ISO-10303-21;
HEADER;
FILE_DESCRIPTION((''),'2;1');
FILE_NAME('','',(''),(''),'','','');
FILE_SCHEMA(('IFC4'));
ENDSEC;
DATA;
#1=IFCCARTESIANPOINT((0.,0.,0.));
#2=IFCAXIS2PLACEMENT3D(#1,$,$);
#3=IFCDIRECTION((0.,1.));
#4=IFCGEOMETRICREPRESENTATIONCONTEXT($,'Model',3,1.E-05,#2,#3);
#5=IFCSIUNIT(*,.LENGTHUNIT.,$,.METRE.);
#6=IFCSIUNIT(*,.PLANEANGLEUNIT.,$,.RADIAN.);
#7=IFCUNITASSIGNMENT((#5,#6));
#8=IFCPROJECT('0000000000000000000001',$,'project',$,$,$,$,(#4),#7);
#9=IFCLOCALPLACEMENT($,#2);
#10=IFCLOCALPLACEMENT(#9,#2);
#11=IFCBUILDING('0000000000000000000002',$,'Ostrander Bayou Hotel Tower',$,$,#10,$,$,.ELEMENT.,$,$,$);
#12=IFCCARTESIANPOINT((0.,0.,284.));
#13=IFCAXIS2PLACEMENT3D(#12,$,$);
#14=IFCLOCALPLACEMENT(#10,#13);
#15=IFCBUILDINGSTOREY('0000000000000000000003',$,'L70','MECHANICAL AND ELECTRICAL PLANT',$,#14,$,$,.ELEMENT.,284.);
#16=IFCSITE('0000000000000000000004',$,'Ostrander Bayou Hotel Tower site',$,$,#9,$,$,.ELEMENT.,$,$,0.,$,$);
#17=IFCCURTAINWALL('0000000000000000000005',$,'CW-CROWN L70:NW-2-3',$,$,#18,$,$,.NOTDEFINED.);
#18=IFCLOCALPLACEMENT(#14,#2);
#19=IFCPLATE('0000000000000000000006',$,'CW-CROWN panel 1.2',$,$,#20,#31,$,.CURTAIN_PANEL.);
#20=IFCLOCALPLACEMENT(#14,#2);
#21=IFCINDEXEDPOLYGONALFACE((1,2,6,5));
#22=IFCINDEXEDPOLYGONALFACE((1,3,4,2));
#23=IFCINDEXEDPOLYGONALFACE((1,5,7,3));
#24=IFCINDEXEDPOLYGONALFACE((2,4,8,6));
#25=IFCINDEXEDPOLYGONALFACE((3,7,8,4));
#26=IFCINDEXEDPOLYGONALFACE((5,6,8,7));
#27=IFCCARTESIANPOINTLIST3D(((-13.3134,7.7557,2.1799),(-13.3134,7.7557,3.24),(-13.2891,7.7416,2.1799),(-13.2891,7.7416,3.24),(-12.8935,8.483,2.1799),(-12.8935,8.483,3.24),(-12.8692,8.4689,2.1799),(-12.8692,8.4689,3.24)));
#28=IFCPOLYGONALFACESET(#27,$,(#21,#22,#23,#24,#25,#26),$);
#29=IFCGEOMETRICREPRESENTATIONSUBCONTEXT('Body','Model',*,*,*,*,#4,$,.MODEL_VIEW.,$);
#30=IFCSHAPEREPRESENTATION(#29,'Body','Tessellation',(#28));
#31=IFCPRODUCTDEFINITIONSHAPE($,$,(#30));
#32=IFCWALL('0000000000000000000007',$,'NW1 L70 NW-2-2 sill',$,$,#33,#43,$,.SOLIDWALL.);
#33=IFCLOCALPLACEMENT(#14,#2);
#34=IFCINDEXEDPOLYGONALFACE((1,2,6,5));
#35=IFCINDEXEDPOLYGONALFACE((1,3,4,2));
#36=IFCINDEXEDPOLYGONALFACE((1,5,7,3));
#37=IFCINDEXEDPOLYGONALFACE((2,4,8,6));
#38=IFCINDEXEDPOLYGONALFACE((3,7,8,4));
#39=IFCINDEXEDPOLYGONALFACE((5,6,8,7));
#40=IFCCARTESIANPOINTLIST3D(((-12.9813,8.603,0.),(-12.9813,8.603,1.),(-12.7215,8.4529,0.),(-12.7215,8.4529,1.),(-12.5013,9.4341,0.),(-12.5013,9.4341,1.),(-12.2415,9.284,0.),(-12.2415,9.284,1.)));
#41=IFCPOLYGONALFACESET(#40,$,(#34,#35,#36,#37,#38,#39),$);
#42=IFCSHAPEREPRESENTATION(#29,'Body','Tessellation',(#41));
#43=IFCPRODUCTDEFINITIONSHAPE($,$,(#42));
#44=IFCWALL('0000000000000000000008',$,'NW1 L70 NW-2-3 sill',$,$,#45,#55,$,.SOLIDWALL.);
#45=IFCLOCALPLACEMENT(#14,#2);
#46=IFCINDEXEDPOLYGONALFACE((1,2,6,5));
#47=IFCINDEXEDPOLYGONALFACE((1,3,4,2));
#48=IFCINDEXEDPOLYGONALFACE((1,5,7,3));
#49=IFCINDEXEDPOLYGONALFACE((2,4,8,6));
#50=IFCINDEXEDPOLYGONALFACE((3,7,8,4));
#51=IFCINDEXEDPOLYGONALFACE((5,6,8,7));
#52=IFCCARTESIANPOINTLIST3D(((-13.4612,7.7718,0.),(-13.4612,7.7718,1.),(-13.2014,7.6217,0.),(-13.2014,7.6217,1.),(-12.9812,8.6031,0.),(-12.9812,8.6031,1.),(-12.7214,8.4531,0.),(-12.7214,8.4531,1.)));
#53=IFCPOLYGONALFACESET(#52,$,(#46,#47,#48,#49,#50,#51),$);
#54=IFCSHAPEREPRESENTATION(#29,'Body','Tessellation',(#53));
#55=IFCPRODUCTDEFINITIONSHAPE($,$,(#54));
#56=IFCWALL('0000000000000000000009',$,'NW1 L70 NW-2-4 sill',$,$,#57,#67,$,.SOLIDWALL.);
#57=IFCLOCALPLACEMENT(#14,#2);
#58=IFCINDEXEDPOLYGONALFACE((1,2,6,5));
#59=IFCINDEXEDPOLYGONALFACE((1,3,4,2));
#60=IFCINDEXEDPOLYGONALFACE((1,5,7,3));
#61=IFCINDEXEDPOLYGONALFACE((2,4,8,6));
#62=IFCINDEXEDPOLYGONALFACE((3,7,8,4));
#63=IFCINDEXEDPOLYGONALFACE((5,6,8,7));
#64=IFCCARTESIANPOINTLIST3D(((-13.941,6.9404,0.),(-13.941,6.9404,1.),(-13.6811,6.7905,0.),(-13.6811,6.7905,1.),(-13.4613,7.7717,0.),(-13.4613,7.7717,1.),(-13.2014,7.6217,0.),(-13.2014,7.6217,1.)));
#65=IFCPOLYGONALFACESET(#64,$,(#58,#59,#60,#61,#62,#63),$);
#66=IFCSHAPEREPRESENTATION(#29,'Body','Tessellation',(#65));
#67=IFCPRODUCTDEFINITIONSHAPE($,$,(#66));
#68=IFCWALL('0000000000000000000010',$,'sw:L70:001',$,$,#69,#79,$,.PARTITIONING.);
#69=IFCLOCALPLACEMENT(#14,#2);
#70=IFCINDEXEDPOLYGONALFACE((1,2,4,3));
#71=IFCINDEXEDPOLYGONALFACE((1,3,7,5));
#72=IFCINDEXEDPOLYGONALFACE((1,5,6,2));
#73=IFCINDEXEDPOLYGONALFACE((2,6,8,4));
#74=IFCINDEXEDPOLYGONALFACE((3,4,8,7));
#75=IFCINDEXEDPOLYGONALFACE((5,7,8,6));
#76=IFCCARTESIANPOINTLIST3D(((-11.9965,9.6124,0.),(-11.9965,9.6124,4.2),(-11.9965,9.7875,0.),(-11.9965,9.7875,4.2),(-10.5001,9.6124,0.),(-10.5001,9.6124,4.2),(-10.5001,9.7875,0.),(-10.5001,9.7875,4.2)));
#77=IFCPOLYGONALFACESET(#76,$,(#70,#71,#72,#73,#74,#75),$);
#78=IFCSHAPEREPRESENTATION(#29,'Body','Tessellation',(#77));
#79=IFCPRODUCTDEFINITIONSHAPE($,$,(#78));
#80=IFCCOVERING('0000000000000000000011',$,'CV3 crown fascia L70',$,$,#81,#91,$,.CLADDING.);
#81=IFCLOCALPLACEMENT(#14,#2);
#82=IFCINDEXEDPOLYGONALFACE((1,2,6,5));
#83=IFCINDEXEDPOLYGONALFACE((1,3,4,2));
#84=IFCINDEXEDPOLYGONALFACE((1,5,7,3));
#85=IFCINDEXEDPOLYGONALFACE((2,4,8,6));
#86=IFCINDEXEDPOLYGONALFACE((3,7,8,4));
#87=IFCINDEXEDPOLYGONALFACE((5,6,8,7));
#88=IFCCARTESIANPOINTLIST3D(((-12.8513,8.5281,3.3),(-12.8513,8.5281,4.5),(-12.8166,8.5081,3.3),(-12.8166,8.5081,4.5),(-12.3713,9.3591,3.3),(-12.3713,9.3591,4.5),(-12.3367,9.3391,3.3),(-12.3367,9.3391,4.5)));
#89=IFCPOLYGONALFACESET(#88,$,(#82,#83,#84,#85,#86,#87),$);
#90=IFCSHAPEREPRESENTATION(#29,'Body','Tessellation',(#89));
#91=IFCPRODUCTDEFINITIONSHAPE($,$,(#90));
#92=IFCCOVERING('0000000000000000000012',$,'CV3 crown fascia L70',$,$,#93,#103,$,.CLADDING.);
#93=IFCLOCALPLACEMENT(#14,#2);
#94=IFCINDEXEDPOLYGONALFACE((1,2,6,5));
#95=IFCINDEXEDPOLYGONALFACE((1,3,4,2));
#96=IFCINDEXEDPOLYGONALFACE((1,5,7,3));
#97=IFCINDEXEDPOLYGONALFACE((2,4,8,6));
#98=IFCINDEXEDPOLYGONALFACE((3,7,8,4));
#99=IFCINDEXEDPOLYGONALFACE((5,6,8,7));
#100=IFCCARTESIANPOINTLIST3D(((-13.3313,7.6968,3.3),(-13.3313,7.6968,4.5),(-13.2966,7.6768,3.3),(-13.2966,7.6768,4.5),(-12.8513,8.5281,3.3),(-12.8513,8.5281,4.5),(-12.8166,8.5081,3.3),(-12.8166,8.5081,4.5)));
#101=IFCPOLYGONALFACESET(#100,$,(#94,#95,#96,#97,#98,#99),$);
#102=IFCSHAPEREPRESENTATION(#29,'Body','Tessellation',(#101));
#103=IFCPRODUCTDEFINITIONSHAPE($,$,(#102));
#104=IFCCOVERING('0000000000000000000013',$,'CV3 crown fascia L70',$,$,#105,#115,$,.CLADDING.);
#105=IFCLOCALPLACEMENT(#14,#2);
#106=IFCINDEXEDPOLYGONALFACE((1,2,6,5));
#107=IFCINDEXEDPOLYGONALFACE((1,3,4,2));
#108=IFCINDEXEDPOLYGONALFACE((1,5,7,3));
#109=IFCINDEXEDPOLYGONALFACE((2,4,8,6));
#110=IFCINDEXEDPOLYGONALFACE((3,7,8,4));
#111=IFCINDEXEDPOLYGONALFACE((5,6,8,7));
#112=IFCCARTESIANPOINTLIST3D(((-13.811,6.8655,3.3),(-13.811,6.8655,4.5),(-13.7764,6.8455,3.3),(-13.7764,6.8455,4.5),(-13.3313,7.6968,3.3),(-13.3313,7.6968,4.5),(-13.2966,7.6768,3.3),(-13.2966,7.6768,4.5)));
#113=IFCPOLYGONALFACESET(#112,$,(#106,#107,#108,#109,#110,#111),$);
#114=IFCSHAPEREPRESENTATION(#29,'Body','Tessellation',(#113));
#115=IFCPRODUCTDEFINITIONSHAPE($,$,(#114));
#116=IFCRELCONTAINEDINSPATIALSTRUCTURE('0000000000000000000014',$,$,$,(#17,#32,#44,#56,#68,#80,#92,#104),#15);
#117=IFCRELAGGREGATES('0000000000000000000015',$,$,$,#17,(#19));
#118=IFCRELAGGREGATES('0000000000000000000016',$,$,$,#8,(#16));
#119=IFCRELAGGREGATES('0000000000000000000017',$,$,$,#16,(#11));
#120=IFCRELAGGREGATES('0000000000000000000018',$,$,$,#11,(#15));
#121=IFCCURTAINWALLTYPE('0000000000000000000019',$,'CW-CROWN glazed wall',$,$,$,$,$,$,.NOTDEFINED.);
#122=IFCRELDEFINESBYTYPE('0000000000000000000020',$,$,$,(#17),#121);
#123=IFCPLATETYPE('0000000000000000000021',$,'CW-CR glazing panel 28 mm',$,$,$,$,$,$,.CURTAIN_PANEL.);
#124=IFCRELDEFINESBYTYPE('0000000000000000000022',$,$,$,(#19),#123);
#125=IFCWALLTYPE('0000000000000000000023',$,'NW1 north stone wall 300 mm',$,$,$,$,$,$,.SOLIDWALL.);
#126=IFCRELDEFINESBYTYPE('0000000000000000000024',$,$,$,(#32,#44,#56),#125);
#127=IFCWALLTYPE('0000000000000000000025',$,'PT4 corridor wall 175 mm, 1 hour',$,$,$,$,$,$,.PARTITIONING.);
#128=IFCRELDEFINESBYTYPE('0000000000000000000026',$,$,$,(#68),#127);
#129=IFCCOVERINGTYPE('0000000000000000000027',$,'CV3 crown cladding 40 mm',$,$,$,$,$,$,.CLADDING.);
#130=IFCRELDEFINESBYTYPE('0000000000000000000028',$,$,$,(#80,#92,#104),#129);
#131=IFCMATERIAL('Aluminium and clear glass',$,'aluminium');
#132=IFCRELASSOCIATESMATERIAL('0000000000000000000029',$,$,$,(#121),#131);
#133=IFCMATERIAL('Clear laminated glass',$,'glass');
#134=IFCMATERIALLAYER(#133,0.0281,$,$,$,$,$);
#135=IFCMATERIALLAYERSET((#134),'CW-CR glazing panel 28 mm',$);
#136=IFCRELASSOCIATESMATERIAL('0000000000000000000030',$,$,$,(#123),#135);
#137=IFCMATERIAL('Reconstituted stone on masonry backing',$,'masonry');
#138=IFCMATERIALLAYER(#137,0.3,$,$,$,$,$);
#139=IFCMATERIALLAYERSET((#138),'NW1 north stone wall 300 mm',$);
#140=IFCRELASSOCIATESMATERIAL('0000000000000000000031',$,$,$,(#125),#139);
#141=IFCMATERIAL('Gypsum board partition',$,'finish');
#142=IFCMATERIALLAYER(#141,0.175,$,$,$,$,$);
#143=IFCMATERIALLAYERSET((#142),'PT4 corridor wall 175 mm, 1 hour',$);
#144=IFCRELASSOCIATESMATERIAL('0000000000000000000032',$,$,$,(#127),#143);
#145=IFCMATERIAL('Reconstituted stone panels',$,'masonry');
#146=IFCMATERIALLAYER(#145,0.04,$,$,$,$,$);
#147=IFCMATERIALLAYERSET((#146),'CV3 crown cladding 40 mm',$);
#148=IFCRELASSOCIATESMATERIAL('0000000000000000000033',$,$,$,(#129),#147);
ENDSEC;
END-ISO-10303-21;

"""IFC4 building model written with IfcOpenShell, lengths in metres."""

from ifc_helpers import new_model, si_unit, direction, frame, frame_2d, origin, origin_2d, place, context, subcontext, project, spatial, polyline, rectangle, outline, extrude, material, layer, layer_set, type_object, element, aggregate, save


model = new_model("IFC4")

# Units and contexts
model_context = context("Model", 3, precision=1e-05, world=origin(), true_north=direction((0.0, 1.0)))
body_context = subcontext(model_context, "Body", "Model", "MODEL_VIEW")
ifc_project = project(units=[si_unit("LENGTHUNIT", "METRE"), si_unit("PLANEANGLEUNIT", "RADIAN")], contexts=[model_context])

# Site, building, storey
site_placement = place(None, origin())
site = spatial("IfcSite", under=ifc_project, at=site_placement, Name="Ostrander Bayou Hotel Tower site", CompositionType="ELEMENT", RefElevation=0.0)
building_placement = place(site_placement, origin())
building = spatial("IfcBuilding", under=site, at=building_placement, Name="Ostrander Bayou Hotel Tower", CompositionType="ELEMENT")
storey_placement = place(building_placement, frame((0.0, 0.0, 284.0)))
storey = spatial("IfcBuildingStorey", under=building, at=storey_placement, Name="L70", Description="MECHANICAL AND ELECTRICAL PLANT", CompositionType="ELEMENT", Elevation=284.0)

# Shared definitions
ifc_material_1 = material(Name="Aluminium and clear glass", Category="aluminium")
curtain_wall_type = type_object("IfcCurtainWallType", Name="CW-CROWN glazed wall", PredefinedType="NOTDEFINED", material=ifc_material_1)

# Curtain wall
curtain_wall_1_placement = place(storey_placement, origin())
curtain_wall_1 = element("IfcCurtainWall", 1, at=curtain_wall_1_placement, inside=storey, type_object=curtain_wall_type, Name="CW-CROWN L70:NW-2-3", PredefinedType="NOTDEFINED")

# Plate
ifc_material_2 = material(Name="Clear laminated glass", Category="glass")
ifc_layer_1 = layer(ifc_material_2, 0.0281)
ifc_layer_set_1 = layer_set([ifc_layer_1], Name="CW-CR glazing panel 28 mm")
plate_type = type_object("IfcPlateType", Name="CW-CR glazing panel 28 mm", PredefinedType="CURTAIN_PANEL", material=ifc_layer_set_1)
plate_1_placement = place(storey_placement, frame((-13.0913, 8.1123, 2.1799), z_axis=(0.0, 0.0, 1.0), x_axis=(-0.500005, -0.866022, 0.0)))
plate_1 = element("IfcPlate", 2, at=plate_1_placement, type_object=plate_type, Name="CW-CROWN panel 1.2", PredefinedType="CURTAIN_PANEL", context=body_context, shape_type="SweptSolid", body=[
    extrude(rectangle(XDim=0.8398, YDim=0.0281, at=origin_2d()), origin(), (0.0, 0.0, 1.0), 1.0601),
])
aggregate(curtain_wall_1, [plate_1])

# Walls
ifc_material_3 = material(Name="Reconstituted stone on masonry backing", Category="masonry")
ifc_layer_2 = layer(ifc_material_3, 0.3)
ifc_layer_set_2 = layer_set([ifc_layer_2], Name="NW1 north stone wall 300 mm")
wall_type_1 = type_object("IfcWallType", Name="NW1 north stone wall 300 mm", PredefinedType="SOLIDWALL", material=ifc_layer_set_2)
wall_1_placement = place(storey_placement, frame((-12.3713, 9.3591, 0.0), z_axis=(0.0, 0.0, 1.0), x_axis=(-0.500133, -0.865948, 0.0)))
element("IfcWall", 3, at=wall_1_placement, inside=storey, type_object=wall_type_1, Name="NW1 L70 NW-2-2 sill", PredefinedType="SOLIDWALL", context=body_context, shape_type="SweptSolid", body=[
    extrude(rectangle(XDim=0.9597, YDim=0.3, at=frame_2d((0.48, 0.0))), origin(), (0.0, 0.0, 1.0), 1.0),
])
wall_2_placement = place(storey_placement, frame((-12.8513, 8.5281, 0.0), z_axis=(0.0, 0.0, 1.0), x_axis=(-0.500023, -0.866012, 0.0)))
element("IfcWall", 4, at=wall_2_placement, inside=storey, type_object=wall_type_1, Name="NW1 L70 NW-2-3 sill", PredefinedType="SOLIDWALL", context=body_context, shape_type="SweptSolid", body=[
    extrude(rectangle(XDim=0.96, YDim=0.3, at=frame_2d((0.48, 0.0))), origin(), (0.0, 0.0, 1.0), 1.0),
])
wall_3_placement = place(storey_placement, frame((-13.3313, 7.6968, 0.0), z_axis=(0.0, 0.0, 1.0), x_axis=(-0.499833, -0.866122, 0.0)))
element("IfcWall", 5, at=wall_3_placement, inside=storey, type_object=wall_type_1, Name="NW1 L70 NW-2-4 sill", PredefinedType="SOLIDWALL", context=body_context, shape_type="SweptSolid", body=[
    extrude(rectangle(XDim=0.9597, YDim=0.3, at=frame_2d((0.48, 0.0))), origin(), (0.0, 0.0, 1.0), 1.0),
])
ifc_material_4 = material(Name="Gypsum board partition", Category="finish")
ifc_layer_3 = layer(ifc_material_4, 0.175)
ifc_layer_set_3 = layer_set([ifc_layer_3], Name="PT4 corridor wall 175 mm, 1 hour")
wall_type_2 = type_object("IfcWallType", Name="PT4 corridor wall 175 mm, 1 hour", PredefinedType="PARTITIONING", material=ifc_layer_set_3)
wall_4_placement = place(storey_placement, frame((-11.9963, 9.7, 0.0), z_axis=(0.0, 0.0, 1.0), x_axis=(1.0, 0.0, 0.0)))
element("IfcWall", 6, at=wall_4_placement, inside=storey, type_object=wall_type_2, Name="sw:L70:001", PredefinedType="PARTITIONING", context=body_context, shape_type="SweptSolid", body=[
    extrude(rectangle(XDim=1.4963, YDim=0.175, at=frame_2d((0.748, 0.0))), origin(), (0.0, 0.0, 1.0), 4.2),
])

# Coverings
ifc_material_5 = material(Name="Reconstituted stone panels", Category="masonry")
ifc_layer_4 = layer(ifc_material_5, 0.04)
ifc_layer_set_4 = layer_set([ifc_layer_4], Name="CV3 crown cladding 40 mm")
covering_type = type_object("IfcCoveringType", Name="CV3 crown cladding 40 mm", PredefinedType="CLADDING", material=ifc_layer_set_4)
covering_1_placement = place(storey_placement, frame((-12.3713, 9.3591, 3.3), z_axis=(-0.865948, 0.500133, 0.0), x_axis=(-0.500133, -0.865948, 0.0)))
element("IfcCovering", 7, at=covering_1_placement, inside=storey, type_object=covering_type, Name="CV3 crown fascia L70", PredefinedType="CLADDING", context=body_context, shape_type="SweptSolid", body=[
    extrude(outline(polyline([(0.0, 0.0), (0.9597, 0.0), (0.9597, 1.2), (0.0, 1.2), (0.0, 0.0)])), origin(), (0.0, 0.0, -1.0), 0.04),
])
covering_2_placement = place(storey_placement, frame((-12.8513, 8.5281, 3.3), z_axis=(-0.866012, 0.500023, 0.0), x_axis=(-0.500023, -0.866012, 0.0)))
element("IfcCovering", 8, at=covering_2_placement, inside=storey, type_object=covering_type, Name="CV3 crown fascia L70", PredefinedType="CLADDING", context=body_context, shape_type="SweptSolid", body=[
    extrude(outline(polyline([(0.0, 0.0), (0.9599, 0.0), (0.9599, 1.2), (0.0, 1.2), (0.0, 0.0)])), origin(), (0.0, 0.0, -1.0), 0.04),
])
covering_3_placement = place(storey_placement, frame((-13.3313, 7.6968, 3.3), z_axis=(-0.866122, 0.499833, 0.0), x_axis=(-0.499833, -0.866122, 0.0)))
element("IfcCovering", 9, at=covering_3_placement, inside=storey, type_object=covering_type, Name="CV3 crown fascia L70", PredefinedType="CLADDING", context=body_context, shape_type="SweptSolid", body=[
    extrude(outline(polyline([(0.0, 0.0), (0.9598, 0.0), (0.9598, 1.2), (0.0, 1.2), (0.0, 0.0)])), origin(), (0.0, 0.0, -1.0), 0.04),
])

save(model, "model.ifc")
